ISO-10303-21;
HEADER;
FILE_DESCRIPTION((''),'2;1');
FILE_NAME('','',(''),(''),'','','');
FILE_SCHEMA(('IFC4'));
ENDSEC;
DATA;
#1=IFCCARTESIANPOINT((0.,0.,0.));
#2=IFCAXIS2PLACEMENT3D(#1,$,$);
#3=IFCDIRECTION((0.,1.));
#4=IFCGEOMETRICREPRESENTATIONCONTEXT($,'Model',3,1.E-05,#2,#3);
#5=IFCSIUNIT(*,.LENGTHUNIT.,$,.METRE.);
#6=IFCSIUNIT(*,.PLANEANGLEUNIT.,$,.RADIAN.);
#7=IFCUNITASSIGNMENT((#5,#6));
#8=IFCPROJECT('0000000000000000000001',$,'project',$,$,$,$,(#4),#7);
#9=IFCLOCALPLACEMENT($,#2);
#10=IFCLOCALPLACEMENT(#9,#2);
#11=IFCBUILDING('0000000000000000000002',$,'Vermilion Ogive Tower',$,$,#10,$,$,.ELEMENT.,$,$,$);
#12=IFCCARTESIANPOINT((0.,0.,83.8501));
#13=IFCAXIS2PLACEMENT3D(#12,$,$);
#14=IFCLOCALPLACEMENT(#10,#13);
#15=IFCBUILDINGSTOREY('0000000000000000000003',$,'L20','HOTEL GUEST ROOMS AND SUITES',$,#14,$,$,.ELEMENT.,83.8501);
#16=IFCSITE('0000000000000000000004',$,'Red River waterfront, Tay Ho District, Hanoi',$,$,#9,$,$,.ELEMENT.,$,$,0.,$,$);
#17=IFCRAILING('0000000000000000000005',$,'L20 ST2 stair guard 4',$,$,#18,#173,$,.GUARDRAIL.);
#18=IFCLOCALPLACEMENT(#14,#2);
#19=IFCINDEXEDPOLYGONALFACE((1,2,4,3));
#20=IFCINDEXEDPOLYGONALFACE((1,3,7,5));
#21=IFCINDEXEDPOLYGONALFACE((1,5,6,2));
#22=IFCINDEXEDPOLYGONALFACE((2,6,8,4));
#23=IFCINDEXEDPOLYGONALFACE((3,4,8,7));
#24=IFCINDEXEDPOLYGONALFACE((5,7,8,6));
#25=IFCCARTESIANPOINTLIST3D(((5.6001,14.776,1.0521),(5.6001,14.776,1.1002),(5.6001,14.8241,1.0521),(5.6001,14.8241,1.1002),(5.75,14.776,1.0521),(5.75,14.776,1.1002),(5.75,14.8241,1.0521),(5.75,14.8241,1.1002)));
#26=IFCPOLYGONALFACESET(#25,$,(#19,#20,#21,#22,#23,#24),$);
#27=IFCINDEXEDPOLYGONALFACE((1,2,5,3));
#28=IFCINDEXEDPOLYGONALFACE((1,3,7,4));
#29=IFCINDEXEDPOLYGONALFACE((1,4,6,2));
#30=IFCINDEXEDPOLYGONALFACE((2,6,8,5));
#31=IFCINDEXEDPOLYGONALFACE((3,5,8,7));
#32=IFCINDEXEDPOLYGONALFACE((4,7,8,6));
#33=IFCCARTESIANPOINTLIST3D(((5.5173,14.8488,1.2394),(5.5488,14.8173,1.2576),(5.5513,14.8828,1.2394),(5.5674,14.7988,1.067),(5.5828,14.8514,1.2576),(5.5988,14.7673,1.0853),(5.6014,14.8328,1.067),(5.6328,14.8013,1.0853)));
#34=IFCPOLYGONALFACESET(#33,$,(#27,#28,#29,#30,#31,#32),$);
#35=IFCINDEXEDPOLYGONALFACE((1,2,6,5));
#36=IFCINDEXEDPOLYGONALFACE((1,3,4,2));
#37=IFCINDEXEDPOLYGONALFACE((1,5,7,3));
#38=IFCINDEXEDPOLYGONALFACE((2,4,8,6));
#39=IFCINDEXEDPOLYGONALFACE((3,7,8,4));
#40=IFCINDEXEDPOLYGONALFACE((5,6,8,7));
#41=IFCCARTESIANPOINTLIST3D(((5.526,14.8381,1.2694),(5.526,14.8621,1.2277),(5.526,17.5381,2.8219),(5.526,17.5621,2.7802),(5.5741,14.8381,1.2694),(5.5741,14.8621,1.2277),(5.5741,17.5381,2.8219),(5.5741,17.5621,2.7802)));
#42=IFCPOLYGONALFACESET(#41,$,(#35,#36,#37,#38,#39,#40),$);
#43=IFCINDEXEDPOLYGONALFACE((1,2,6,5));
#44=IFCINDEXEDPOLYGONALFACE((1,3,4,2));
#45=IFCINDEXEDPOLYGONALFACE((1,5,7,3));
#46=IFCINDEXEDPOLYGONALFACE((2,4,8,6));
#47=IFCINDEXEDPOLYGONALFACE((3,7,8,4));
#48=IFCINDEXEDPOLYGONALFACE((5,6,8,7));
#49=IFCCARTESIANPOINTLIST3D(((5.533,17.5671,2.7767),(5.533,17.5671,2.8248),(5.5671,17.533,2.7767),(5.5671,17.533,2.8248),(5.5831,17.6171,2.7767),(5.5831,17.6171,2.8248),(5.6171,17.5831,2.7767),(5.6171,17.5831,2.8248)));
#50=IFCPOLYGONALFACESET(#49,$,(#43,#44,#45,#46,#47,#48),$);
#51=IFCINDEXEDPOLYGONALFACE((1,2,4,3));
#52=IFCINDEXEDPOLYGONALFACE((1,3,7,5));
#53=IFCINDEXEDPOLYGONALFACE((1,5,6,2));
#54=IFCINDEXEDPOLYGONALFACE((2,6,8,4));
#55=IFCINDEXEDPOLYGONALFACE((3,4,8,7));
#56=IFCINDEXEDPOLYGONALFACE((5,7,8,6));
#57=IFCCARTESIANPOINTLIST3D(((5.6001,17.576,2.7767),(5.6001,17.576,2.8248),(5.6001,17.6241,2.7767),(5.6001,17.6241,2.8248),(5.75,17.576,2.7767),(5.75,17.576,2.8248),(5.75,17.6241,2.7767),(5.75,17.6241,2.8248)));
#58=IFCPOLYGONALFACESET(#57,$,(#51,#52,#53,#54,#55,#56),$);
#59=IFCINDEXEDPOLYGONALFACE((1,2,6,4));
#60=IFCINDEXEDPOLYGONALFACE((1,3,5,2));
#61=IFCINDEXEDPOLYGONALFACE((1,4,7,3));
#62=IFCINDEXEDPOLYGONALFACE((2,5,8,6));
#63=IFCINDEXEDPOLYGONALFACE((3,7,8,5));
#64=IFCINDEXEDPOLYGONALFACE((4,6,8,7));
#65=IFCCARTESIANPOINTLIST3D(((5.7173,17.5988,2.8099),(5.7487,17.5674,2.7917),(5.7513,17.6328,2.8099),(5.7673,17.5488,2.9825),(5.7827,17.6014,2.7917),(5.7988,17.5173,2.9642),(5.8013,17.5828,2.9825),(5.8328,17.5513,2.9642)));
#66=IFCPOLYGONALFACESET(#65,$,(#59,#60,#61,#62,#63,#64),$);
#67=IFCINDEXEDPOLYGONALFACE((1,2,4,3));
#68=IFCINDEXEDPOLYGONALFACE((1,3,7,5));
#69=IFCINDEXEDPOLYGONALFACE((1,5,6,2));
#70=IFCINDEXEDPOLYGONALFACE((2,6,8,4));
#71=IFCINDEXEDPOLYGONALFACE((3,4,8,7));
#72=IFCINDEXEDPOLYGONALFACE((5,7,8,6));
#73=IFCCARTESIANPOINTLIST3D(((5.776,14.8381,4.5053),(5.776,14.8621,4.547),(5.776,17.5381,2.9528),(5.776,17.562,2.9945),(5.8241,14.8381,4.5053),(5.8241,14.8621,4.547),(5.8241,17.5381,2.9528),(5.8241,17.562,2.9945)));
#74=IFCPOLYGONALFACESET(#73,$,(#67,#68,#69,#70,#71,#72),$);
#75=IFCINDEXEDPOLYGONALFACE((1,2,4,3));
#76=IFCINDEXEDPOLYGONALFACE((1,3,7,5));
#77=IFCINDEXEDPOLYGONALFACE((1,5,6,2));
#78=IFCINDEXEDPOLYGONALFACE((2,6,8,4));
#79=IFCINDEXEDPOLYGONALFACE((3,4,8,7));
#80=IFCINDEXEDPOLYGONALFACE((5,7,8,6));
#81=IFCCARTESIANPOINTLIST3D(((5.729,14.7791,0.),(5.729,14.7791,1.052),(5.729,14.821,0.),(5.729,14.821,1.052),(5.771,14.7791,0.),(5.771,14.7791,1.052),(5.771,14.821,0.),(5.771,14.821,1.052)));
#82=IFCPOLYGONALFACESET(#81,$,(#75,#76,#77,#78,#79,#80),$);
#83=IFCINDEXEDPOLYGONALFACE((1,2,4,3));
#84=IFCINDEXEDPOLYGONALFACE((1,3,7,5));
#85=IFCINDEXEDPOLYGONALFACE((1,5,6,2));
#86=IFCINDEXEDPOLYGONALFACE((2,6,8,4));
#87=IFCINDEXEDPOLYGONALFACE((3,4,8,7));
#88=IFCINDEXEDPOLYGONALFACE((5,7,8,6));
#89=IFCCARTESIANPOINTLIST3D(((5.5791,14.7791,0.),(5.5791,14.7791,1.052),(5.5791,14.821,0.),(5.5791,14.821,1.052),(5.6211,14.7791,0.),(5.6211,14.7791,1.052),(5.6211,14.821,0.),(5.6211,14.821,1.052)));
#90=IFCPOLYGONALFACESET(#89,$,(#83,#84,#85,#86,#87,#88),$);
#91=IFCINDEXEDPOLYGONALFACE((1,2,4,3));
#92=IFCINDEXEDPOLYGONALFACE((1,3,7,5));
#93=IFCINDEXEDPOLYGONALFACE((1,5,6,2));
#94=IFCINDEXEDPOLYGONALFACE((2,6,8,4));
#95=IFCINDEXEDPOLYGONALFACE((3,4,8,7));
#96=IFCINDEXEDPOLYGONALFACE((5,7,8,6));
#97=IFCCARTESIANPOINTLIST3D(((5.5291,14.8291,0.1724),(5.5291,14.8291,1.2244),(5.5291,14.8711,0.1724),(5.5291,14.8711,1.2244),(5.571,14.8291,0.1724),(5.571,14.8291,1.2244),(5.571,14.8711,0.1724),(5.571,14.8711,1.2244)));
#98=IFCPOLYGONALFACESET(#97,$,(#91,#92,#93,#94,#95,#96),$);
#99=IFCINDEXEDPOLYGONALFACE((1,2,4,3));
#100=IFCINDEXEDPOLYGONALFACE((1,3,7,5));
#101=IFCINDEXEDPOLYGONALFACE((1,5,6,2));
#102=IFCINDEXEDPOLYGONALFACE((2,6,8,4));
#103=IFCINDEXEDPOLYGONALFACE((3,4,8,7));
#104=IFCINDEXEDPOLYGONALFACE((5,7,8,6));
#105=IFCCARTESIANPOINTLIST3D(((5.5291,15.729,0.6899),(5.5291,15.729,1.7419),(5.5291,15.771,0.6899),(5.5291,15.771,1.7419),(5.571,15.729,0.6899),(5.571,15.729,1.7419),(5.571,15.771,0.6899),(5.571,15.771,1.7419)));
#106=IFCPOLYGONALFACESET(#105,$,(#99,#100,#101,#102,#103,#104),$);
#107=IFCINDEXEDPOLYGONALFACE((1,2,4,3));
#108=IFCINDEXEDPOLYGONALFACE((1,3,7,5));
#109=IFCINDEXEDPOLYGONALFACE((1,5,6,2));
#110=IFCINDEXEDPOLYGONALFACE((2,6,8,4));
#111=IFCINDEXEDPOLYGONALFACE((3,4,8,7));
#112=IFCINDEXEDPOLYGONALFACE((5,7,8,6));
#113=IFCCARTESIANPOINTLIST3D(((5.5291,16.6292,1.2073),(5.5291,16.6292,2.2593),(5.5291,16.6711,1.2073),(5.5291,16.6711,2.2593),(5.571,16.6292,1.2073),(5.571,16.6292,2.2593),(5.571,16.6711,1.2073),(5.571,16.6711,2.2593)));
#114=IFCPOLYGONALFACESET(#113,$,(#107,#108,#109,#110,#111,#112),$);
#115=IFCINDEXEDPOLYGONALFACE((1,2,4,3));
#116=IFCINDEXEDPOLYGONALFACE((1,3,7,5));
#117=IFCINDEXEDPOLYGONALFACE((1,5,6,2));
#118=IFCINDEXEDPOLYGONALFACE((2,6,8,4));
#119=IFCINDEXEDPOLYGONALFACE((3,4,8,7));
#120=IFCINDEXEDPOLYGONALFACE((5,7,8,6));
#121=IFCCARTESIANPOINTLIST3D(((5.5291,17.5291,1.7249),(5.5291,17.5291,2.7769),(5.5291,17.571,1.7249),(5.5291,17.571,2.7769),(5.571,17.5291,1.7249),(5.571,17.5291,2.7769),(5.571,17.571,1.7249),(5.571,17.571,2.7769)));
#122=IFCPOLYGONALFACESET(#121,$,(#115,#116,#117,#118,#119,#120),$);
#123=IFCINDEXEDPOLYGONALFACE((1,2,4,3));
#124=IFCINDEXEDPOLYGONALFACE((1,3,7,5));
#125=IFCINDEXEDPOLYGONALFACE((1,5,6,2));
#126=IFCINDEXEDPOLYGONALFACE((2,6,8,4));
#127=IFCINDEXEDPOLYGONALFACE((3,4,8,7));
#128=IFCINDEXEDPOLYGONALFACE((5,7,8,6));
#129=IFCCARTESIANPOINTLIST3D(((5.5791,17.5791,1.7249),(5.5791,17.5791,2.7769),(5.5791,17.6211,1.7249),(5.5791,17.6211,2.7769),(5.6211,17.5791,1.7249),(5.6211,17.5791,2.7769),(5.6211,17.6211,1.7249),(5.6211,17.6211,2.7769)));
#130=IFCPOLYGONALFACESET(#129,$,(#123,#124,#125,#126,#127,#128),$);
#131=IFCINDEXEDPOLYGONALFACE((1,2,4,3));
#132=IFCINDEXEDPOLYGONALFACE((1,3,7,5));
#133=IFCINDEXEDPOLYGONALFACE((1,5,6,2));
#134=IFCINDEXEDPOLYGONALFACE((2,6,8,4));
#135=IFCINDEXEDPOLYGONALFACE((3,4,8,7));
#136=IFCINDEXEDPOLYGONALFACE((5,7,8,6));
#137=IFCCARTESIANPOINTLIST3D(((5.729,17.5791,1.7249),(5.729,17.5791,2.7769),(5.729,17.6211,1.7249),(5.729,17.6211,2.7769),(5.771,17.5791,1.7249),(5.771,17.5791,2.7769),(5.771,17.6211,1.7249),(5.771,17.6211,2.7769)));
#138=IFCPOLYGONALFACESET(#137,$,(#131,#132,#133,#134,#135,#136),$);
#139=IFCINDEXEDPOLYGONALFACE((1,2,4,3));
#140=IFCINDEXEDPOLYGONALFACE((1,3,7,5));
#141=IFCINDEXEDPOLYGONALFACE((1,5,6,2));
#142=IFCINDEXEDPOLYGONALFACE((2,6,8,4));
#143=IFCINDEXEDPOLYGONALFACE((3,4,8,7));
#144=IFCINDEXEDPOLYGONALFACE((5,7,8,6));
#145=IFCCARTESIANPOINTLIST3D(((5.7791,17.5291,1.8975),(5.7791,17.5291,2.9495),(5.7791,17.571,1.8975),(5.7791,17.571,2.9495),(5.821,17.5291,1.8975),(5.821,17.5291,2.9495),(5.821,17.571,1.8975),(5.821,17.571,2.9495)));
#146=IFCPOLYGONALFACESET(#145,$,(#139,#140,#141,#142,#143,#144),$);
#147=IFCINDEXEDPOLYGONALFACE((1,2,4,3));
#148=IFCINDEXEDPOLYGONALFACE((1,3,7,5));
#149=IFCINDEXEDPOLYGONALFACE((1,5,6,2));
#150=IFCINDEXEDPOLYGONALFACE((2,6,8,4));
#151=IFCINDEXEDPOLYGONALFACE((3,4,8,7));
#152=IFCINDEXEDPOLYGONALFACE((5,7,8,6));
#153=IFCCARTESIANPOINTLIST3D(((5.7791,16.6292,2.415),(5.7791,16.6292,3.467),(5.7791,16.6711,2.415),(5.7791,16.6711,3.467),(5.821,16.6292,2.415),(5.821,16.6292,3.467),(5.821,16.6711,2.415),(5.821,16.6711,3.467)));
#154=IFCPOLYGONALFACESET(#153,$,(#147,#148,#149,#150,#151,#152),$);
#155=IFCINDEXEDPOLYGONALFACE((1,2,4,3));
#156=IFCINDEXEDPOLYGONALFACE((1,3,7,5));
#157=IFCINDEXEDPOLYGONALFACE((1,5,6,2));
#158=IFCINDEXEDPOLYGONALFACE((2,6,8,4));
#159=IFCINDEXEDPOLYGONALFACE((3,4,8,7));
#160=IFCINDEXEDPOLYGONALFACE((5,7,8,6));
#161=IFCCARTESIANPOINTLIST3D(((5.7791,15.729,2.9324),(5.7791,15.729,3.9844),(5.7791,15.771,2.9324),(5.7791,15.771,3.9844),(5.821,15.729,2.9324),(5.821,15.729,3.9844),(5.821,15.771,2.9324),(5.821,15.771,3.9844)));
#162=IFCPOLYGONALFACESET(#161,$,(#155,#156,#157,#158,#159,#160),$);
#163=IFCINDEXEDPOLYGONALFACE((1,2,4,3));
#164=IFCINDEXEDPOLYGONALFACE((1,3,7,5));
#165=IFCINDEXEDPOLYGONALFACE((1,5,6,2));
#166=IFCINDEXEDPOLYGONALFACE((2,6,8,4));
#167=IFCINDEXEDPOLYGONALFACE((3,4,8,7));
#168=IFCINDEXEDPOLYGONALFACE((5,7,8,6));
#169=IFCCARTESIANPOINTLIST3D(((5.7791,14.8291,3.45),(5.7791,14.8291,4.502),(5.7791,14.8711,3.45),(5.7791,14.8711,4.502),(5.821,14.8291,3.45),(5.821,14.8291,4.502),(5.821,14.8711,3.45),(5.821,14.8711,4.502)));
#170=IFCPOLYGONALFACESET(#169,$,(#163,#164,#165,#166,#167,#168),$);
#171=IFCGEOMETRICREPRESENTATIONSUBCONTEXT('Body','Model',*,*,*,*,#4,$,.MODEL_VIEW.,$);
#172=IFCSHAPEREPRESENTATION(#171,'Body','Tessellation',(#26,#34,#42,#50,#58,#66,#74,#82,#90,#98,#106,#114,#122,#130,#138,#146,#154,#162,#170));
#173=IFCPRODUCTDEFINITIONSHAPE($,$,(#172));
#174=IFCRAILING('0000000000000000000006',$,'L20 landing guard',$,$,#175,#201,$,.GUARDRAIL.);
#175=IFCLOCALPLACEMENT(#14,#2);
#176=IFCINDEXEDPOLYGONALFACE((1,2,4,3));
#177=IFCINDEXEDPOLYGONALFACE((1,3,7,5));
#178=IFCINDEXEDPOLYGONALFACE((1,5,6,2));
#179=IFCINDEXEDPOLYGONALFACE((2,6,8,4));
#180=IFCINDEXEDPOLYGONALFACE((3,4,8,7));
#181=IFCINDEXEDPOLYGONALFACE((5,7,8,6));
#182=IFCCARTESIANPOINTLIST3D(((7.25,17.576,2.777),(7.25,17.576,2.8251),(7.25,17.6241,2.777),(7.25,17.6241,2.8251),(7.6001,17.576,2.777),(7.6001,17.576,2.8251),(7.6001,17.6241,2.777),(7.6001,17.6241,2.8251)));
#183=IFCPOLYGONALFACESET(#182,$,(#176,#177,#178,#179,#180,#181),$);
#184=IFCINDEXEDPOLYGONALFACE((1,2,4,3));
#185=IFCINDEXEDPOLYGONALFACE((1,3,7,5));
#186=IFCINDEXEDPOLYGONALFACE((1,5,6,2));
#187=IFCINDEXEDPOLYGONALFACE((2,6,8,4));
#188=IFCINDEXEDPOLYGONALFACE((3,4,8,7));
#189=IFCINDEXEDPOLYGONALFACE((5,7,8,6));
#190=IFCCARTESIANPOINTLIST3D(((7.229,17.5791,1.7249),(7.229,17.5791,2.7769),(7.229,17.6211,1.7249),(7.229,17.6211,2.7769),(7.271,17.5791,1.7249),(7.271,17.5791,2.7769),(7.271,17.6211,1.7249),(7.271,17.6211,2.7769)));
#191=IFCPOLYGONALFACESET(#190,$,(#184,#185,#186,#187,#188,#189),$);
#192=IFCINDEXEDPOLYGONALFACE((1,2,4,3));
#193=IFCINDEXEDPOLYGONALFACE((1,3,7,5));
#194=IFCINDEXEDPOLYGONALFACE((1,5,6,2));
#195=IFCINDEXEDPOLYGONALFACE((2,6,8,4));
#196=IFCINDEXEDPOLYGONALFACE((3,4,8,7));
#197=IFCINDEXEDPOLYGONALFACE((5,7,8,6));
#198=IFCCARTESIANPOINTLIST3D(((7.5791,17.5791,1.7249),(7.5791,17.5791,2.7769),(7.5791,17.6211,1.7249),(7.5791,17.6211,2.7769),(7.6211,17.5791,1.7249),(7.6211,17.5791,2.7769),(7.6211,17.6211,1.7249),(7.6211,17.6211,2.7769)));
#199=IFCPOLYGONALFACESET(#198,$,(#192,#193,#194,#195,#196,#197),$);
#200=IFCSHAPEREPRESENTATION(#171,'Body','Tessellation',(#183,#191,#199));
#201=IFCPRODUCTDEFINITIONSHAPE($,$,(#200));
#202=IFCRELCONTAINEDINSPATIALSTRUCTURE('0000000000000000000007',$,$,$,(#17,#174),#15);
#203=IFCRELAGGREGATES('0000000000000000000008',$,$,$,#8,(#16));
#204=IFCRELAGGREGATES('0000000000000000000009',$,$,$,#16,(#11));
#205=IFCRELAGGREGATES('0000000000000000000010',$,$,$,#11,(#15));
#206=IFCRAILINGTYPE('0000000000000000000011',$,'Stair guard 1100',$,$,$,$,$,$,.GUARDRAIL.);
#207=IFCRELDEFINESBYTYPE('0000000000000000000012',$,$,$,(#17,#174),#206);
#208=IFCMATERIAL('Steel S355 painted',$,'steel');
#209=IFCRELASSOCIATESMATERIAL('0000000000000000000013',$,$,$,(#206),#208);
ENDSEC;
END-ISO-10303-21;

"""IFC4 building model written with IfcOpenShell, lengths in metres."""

from ifc_helpers import new_model, si_unit, direction, frame, origin, origin_2d, place, context, subcontext, project, spatial, rectangle, extrude, material, type_object, element, save


model = new_model("IFC4")

# Units and contexts
model_context = context("Model", 3, precision=1e-05, world=origin(), true_north=direction((0.0, 1.0)))
body_context = subcontext(model_context, "Body", "Model", "MODEL_VIEW")
ifc_project = project(units=[si_unit("LENGTHUNIT", "METRE"), si_unit("PLANEANGLEUNIT", "RADIAN")], contexts=[model_context])

# Site, building, storey
site_placement = place(None, origin())
site = spatial("IfcSite", under=ifc_project, at=site_placement, Name="Red River waterfront, Tay Ho District, Hanoi", CompositionType="ELEMENT", RefElevation=0.0)
building_placement = place(site_placement, origin())
building = spatial("IfcBuilding", under=site, at=building_placement, Name="Vermilion Ogive Tower", CompositionType="ELEMENT")
storey_placement = place(building_placement, frame((0.0, 0.0, 83.8501)))
storey = spatial("IfcBuildingStorey", under=building, at=storey_placement, Name="L20", Description="HOTEL GUEST ROOMS AND SUITES", CompositionType="ELEMENT", Elevation=83.8501)

# Railings
ifc_material_1 = material(Name="Steel S355 painted", Category="steel")
railing_type_1 = type_object("IfcRailingType", Name="Stair guard 1100", PredefinedType="GUARDRAIL", material=ifc_material_1)
railing_1_placement = place(storey_placement, frame((5.75, 14.8, 0.0)))
element("IfcRailing", 1, at=railing_1_placement, inside=storey, type_object=railing_type_1, Name="L20 ST2 stair guard 4", PredefinedType="GUARDRAIL", context=body_context, shape_type="SweptSolid", body=[
    extrude(rectangle(XDim=0.0481, YDim=0.0481, at=origin_2d()), frame((0.0, 0.0, 1.0762), z_axis=(-1.0, 0.0, 0.0), x_axis=(0.0, -1.0, 0.0)), (0.0, 0.0, 1.0), 0.1499),
    extrude(rectangle(XDim=0.0481, YDim=0.0481, at=origin_2d()), frame((-0.1499, 0.0, 1.0762), z_axis=(-0.268603, 0.268603, 0.925043), x_axis=(-0.707107, -0.707107, 0.0)), (0.0, 0.0, 1.0), 0.1863),
    extrude(rectangle(XDim=0.0481, YDim=0.0481, at=origin_2d()), frame((-0.2, 0.05, 1.2485), z_axis=(0.0, 0.866904, 0.498476), x_axis=(-1.0, 0.0, 0.0)), (0.0, 0.0, 1.0), 3.1145),
    extrude(rectangle(XDim=0.0481, YDim=0.0481, at=origin_2d()), frame((-0.2, 2.75, 2.8008), z_axis=(0.707107, 0.707107, 0.0), x_axis=(-0.707107, 0.707107, 0.0)), (0.0, 0.0, 1.0), 0.0708),
    extrude(rectangle(XDim=0.0481, YDim=0.0481, at=origin_2d()), frame((-0.1499, 2.8, 2.8008), z_axis=(1.0, 0.0, 0.0), x_axis=(0.0, 1.0, 0.0)), (0.0, 0.0, 1.0), 0.1499),
    extrude(rectangle(XDim=0.0481, YDim=0.0481, at=origin_2d()), frame((0.0, 2.8, 2.8008), z_axis=(0.268278, -0.268278, 0.925232), x_axis=(0.707107, 0.707107, 0.0)), (0.0, 0.0, 1.0), 0.1865),
    extrude(rectangle(XDim=0.0481, YDim=0.0481, at=origin_2d()), frame((0.05, 2.75, 2.9736), z_axis=(0.0, -0.866904, 0.498476), x_axis=(1.0, 0.0, 0.0)), (0.0, 0.0, 1.0), 3.1145),
    extrude(rectangle(XDim=0.042, YDim=0.042, at=origin_2d()), origin(), (0.0, 0.0, 1.0), 1.052),
    extrude(rectangle(XDim=0.042, YDim=0.042, at=origin_2d()), frame((-0.1499, 0.0, 0.0)), (0.0, 0.0, 1.0), 1.052),
    extrude(rectangle(XDim=0.042, YDim=0.042, at=origin_2d()), frame((-0.2, 0.05, 0.1724)), (0.0, 0.0, 1.0), 1.052),
    extrude(rectangle(XDim=0.042, YDim=0.042, at=origin_2d()), frame((-0.2, 0.95, 0.6899)), (0.0, 0.0, 1.0), 1.052),
    extrude(rectangle(XDim=0.042, YDim=0.042, at=origin_2d()), frame((-0.2, 1.8501, 1.2073)), (0.0, 0.0, 1.0), 1.052),
    extrude(rectangle(XDim=0.042, YDim=0.042, at=origin_2d()), frame((-0.2, 2.75, 1.7249)), (0.0, 0.0, 1.0), 1.052),
    extrude(rectangle(XDim=0.042, YDim=0.042, at=origin_2d()), frame((-0.1499, 2.8, 1.7249)), (0.0, 0.0, 1.0), 1.052),
    extrude(rectangle(XDim=0.042, YDim=0.042, at=origin_2d()), frame((0.0, 2.8, 1.7249)), (0.0, 0.0, 1.0), 1.052),
    extrude(rectangle(XDim=0.042, YDim=0.042, at=origin_2d()), frame((0.05, 2.75, 1.8975)), (0.0, 0.0, 1.0), 1.052),
    extrude(rectangle(XDim=0.042, YDim=0.042, at=origin_2d()), frame((0.05, 1.8501, 2.415)), (0.0, 0.0, 1.0), 1.052),
    extrude(rectangle(XDim=0.042, YDim=0.042, at=origin_2d()), frame((0.05, 0.95, 2.9324)), (0.0, 0.0, 1.0), 1.052),
    extrude(rectangle(XDim=0.042, YDim=0.042, at=origin_2d()), frame((0.05, 0.05, 3.45)), (0.0, 0.0, 1.0), 1.052),
])
railing_2_placement = place(storey_placement, frame((7.25, 17.6001, 1.7249)))
element("IfcRailing", 2, at=railing_2_placement, inside=storey, type_object=railing_type_1, Name="L20 landing guard", PredefinedType="GUARDRAIL", context=body_context, shape_type="SweptSolid", body=[
    extrude(rectangle(XDim=0.0481, YDim=0.0481, at=origin_2d()), frame((0.0, 0.0, 1.0762), z_axis=(1.0, 0.0, 0.0), x_axis=(0.0, 1.0, 0.0)), (0.0, 0.0, 1.0), 0.3501),
    extrude(rectangle(XDim=0.042, YDim=0.042, at=origin_2d()), origin(), (0.0, 0.0, 1.0), 1.052),
    extrude(rectangle(XDim=0.042, YDim=0.042, at=origin_2d()), frame((0.3501, 0.0, 0.0)), (0.0, 0.0, 1.0), 1.052),
])

save(model, "model.ifc")
